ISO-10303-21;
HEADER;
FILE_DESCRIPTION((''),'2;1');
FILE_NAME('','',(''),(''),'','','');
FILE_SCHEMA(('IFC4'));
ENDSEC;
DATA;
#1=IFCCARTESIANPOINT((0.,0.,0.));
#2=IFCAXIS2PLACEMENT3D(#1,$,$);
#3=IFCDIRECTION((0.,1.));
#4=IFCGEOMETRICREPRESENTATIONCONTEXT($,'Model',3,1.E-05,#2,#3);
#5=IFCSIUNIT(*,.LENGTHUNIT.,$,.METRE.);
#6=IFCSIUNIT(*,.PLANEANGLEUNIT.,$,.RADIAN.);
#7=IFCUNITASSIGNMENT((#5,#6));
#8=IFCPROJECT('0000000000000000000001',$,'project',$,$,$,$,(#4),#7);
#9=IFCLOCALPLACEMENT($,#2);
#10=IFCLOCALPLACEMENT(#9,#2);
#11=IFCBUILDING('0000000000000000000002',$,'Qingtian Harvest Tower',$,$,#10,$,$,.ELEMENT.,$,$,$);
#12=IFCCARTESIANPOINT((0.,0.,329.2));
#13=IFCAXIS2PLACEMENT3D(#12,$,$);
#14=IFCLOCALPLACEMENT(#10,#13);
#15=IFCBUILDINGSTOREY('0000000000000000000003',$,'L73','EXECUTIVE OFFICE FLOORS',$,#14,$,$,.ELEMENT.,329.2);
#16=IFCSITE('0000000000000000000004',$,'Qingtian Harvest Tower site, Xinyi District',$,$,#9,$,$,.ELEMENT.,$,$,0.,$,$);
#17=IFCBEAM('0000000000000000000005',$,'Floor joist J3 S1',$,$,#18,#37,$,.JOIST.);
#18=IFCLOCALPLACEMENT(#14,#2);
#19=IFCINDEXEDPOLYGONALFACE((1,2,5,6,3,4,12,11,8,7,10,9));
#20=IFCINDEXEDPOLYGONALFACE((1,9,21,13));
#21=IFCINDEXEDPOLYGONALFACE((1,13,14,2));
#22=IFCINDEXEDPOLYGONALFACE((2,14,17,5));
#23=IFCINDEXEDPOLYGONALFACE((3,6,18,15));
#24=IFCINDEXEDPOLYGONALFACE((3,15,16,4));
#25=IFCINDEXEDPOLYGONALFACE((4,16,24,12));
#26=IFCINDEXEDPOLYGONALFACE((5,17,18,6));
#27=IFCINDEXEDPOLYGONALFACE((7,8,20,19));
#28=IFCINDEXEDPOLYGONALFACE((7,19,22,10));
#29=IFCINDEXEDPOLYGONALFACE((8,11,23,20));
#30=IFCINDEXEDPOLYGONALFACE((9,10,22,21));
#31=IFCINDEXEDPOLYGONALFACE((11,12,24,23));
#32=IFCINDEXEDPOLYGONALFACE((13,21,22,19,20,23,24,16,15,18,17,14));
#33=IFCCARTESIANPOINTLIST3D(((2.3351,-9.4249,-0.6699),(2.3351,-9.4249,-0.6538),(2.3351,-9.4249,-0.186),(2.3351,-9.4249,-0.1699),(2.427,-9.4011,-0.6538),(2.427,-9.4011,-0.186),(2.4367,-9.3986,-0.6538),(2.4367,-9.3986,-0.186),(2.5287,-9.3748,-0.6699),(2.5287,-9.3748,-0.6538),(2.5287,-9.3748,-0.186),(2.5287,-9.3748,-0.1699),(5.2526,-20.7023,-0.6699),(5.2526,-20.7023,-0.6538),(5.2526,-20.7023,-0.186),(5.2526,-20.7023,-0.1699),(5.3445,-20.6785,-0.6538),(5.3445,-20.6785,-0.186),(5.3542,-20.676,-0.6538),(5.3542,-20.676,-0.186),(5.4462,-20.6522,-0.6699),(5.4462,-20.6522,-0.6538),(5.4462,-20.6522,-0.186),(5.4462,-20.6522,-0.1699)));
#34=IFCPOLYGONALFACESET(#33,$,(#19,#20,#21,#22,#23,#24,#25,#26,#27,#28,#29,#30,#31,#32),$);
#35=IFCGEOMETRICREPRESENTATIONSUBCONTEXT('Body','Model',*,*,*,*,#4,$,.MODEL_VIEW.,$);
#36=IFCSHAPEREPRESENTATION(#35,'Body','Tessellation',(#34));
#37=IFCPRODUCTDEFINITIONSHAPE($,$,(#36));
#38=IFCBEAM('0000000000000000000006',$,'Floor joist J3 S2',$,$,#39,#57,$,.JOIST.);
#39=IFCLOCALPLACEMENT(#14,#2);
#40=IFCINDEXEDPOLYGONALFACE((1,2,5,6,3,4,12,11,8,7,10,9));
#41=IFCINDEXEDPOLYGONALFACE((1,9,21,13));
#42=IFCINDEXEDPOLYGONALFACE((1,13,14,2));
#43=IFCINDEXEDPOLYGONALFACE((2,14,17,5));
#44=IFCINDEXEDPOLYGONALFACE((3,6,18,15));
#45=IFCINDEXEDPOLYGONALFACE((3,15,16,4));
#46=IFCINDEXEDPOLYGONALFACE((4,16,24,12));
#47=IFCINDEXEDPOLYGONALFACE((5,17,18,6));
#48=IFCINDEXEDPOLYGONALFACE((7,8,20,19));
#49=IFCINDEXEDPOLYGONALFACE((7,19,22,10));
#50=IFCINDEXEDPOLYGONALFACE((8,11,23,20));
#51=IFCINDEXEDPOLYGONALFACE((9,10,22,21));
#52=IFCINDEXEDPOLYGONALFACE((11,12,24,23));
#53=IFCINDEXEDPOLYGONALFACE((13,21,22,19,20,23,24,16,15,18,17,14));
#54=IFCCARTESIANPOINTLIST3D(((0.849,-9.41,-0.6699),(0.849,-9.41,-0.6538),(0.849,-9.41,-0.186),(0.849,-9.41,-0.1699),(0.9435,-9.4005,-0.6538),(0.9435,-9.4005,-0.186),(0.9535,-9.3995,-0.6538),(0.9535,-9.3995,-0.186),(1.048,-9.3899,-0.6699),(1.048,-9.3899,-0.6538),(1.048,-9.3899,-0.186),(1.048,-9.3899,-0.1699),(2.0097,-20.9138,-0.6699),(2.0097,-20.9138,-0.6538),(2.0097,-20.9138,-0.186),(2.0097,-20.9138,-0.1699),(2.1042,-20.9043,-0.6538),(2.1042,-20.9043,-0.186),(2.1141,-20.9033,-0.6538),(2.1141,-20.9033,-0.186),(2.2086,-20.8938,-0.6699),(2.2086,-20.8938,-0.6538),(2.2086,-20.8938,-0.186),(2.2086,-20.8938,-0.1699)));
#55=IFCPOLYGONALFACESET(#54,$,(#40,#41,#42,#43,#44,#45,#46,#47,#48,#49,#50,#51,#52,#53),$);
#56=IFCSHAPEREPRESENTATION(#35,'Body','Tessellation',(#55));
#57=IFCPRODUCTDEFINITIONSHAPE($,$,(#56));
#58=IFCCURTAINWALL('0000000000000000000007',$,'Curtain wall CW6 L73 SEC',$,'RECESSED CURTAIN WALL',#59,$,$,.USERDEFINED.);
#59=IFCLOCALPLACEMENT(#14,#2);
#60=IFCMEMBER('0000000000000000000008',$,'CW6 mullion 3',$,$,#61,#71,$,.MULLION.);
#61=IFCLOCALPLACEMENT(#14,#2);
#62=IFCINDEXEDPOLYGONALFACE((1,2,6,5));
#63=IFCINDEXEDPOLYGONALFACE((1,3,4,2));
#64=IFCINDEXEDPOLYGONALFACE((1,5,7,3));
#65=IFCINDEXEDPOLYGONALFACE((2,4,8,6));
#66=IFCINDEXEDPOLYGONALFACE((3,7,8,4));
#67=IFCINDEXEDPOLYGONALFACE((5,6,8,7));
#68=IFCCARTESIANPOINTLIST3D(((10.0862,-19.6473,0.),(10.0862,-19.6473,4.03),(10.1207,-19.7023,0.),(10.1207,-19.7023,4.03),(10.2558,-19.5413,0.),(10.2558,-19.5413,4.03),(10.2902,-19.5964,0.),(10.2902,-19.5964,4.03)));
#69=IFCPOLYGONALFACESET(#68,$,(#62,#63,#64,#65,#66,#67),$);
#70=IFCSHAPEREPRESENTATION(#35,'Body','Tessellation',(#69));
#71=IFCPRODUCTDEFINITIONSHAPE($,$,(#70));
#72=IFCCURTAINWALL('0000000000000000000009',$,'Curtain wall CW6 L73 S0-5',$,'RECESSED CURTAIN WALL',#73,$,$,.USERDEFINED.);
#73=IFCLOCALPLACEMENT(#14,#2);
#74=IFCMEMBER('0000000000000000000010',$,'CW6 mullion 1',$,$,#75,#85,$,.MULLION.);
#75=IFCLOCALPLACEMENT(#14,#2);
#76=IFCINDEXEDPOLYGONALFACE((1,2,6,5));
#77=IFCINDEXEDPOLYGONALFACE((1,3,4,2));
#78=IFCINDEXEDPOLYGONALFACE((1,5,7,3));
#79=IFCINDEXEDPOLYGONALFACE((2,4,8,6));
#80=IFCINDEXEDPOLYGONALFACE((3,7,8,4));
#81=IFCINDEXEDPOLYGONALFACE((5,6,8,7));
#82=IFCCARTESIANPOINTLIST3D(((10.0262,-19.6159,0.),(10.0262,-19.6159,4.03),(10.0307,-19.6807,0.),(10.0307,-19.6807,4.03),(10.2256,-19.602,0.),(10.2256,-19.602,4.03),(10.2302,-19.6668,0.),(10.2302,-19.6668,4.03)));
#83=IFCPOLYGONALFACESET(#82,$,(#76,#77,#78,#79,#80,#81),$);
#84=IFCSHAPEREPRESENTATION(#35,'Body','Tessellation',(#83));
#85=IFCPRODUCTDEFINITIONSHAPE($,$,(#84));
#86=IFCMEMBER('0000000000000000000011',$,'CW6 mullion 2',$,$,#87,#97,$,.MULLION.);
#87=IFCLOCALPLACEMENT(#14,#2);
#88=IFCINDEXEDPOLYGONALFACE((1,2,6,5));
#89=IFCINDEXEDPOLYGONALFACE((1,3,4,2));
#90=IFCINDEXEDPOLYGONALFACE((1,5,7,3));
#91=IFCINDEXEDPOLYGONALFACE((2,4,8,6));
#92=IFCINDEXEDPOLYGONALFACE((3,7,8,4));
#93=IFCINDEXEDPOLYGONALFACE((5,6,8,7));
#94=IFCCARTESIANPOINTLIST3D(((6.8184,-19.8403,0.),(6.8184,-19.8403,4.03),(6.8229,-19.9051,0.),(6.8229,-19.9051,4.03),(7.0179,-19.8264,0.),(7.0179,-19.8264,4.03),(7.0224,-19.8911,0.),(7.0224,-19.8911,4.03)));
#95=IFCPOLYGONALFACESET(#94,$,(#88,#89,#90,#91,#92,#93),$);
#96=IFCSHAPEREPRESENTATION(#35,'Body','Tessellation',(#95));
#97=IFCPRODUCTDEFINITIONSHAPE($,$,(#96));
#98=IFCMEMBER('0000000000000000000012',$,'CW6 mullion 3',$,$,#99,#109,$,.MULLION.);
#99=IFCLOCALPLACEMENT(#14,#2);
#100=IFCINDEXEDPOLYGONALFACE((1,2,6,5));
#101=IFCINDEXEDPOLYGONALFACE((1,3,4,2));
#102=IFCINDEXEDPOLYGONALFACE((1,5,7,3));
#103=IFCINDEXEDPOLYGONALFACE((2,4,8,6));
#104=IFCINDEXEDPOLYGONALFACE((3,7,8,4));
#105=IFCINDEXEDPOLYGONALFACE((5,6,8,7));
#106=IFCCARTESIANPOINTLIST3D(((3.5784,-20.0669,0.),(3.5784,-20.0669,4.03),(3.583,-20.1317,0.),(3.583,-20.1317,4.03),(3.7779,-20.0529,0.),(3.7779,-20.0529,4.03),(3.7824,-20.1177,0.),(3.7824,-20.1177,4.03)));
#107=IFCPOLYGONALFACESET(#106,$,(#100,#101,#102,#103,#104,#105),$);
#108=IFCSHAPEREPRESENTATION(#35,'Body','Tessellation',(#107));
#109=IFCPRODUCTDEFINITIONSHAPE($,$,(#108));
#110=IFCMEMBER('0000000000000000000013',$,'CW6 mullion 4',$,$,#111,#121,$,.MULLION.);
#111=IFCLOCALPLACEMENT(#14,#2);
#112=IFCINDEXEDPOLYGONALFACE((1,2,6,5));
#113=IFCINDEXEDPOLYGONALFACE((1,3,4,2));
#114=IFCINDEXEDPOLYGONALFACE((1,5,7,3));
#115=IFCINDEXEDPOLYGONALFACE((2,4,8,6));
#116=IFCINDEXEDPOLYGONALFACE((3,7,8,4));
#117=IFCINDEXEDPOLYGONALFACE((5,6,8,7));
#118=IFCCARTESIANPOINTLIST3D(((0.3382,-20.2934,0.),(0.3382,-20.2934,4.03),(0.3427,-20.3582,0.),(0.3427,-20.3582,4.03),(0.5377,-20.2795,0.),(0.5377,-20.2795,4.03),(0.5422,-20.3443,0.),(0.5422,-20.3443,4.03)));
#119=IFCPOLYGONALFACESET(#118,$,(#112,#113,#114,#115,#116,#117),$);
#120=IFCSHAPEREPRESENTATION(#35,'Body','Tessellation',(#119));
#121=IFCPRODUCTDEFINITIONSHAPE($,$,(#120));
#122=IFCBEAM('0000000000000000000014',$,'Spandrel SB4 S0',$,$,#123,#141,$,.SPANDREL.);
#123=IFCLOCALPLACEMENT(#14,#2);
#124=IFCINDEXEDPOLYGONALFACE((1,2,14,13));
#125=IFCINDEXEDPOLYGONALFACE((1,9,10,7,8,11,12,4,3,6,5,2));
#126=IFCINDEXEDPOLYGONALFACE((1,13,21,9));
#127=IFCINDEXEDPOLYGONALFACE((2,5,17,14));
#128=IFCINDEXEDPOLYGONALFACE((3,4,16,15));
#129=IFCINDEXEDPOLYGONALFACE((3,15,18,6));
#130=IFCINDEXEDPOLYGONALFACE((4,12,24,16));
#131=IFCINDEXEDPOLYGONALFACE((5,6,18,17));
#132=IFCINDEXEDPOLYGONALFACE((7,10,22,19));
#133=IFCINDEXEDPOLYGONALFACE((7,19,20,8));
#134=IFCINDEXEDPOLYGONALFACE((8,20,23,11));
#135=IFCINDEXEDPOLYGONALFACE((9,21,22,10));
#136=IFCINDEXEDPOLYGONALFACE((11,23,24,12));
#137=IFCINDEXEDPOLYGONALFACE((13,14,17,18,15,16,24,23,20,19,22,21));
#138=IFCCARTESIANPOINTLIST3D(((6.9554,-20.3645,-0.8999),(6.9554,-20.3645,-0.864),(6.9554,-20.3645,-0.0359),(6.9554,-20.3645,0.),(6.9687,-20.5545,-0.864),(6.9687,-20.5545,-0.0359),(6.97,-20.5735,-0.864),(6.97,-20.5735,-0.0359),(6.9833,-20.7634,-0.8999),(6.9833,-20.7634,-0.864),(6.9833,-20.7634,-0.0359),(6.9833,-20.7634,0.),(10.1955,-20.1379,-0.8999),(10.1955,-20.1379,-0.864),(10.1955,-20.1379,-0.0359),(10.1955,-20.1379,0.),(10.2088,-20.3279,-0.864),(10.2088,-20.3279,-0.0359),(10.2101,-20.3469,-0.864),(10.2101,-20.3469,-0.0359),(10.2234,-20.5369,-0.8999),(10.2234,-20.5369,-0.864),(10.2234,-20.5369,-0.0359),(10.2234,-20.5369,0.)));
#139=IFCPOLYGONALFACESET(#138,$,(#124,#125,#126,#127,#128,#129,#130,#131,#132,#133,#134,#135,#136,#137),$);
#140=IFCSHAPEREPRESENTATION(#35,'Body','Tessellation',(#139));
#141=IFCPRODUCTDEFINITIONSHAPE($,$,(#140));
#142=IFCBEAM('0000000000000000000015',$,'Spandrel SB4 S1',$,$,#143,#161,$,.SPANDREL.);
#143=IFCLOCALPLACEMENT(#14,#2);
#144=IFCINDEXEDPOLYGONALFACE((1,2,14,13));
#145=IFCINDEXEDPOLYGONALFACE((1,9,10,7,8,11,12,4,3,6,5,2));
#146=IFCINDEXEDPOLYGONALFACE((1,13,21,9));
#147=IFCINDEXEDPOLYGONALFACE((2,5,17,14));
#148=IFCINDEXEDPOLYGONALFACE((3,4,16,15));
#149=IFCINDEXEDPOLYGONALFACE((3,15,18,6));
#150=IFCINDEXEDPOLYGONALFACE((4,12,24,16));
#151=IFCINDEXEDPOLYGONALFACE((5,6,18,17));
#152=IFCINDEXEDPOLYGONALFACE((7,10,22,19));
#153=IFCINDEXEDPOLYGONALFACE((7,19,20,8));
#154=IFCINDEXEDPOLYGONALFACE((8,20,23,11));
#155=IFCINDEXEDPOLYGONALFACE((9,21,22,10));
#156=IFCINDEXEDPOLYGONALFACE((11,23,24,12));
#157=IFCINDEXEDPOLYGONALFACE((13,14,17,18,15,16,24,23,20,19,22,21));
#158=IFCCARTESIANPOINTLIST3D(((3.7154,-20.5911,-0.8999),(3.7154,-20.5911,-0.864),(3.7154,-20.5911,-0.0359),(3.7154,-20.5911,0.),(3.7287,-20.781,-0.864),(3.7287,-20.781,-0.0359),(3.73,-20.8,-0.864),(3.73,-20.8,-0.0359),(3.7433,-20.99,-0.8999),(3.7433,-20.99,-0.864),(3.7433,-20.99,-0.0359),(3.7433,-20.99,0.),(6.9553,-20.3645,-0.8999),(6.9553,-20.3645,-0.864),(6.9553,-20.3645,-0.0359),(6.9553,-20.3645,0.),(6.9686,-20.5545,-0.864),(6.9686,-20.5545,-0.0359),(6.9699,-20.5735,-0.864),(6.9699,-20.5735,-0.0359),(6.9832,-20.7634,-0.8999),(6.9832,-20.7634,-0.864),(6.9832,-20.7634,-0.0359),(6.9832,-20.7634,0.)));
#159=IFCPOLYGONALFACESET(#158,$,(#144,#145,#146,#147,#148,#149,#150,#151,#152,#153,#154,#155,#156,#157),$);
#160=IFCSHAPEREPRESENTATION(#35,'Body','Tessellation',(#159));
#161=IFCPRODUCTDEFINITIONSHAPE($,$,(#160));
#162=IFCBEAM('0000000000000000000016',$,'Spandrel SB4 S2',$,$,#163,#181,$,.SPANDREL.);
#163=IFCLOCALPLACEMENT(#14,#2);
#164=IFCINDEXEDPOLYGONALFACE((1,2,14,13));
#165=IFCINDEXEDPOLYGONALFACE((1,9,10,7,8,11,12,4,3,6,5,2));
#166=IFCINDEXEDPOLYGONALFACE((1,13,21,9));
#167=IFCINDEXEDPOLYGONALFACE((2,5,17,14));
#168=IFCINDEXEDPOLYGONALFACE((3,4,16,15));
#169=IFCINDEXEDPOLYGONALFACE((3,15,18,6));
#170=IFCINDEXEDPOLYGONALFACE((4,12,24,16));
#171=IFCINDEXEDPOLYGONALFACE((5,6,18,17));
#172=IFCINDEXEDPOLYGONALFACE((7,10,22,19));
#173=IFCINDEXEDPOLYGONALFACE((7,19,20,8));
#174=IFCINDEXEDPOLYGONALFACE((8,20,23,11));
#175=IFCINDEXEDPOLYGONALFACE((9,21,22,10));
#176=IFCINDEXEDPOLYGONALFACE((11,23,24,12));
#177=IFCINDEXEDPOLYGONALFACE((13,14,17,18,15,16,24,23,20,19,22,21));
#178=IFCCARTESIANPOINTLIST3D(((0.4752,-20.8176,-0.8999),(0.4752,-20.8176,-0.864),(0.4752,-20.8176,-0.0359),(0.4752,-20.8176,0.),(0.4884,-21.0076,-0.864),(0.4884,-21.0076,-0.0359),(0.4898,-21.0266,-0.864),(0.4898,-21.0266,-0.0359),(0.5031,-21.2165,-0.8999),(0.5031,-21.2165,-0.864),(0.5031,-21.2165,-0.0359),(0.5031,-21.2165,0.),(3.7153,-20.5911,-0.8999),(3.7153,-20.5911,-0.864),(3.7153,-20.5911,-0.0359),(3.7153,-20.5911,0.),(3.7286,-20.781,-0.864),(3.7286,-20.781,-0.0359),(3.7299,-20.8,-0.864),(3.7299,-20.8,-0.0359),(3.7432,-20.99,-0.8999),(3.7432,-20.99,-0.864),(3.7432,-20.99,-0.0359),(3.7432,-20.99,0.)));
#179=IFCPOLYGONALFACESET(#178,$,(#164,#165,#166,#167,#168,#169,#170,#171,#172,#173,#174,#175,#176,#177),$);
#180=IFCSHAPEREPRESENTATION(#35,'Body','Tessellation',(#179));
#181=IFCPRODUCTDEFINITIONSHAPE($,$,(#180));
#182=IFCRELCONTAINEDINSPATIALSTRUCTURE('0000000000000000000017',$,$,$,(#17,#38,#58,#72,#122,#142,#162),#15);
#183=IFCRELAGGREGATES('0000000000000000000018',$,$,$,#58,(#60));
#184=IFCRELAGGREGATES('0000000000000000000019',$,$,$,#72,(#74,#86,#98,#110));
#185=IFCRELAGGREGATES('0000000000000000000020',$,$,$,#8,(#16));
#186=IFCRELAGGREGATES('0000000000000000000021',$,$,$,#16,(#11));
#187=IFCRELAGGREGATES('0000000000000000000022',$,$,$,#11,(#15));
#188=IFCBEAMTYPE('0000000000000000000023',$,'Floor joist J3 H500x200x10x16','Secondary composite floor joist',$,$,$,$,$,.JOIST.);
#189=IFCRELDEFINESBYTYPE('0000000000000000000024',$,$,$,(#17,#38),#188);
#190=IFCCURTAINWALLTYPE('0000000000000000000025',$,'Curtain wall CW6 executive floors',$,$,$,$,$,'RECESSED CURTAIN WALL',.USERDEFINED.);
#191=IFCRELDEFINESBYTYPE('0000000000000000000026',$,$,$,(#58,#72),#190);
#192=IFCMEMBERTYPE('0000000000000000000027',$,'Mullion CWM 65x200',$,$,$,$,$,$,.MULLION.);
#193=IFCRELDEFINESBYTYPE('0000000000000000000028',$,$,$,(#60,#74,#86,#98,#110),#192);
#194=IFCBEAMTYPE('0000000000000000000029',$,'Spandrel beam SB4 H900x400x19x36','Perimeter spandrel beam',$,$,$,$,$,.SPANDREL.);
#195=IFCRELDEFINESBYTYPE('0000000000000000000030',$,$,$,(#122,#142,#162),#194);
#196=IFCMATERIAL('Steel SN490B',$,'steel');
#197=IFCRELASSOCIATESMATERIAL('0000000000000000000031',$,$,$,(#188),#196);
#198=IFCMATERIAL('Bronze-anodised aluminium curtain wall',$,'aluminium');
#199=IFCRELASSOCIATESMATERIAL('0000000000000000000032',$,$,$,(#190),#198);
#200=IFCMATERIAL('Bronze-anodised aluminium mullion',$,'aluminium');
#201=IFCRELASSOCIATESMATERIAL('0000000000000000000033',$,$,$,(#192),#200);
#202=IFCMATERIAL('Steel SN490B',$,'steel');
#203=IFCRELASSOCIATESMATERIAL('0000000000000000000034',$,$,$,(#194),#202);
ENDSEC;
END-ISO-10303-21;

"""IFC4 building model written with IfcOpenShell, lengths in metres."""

from ifc_helpers import new_model, si_unit, direction, frame, origin, origin_2d, place, context, subcontext, project, spatial, rectangle, i_section, extrude, material, material_profile, profile_set, type_object, element, aggregate, save


model = new_model("IFC4")

# Units and contexts
model_context = context("Model", 3, precision=1e-05, world=origin(), true_north=direction((0.0, 1.0)))
body_context = subcontext(model_context, "Body", "Model", "MODEL_VIEW")
ifc_project = project(units=[si_unit("LENGTHUNIT", "METRE"), si_unit("PLANEANGLEUNIT", "RADIAN")], contexts=[model_context])

# Site, building, storey
site_placement = place(None, origin())
site = spatial("IfcSite", under=ifc_project, at=site_placement, Name="Qingtian Harvest Tower site, Xinyi District", CompositionType="ELEMENT", RefElevation=0.0)
building_placement = place(site_placement, origin())
building = spatial("IfcBuilding", under=site, at=building_placement, Name="Qingtian Harvest Tower", CompositionType="ELEMENT")
storey_placement = place(building_placement, frame((0.0, 0.0, 329.2)))
storey = spatial("IfcBuildingStorey", under=building, at=storey_placement, Name="L73", Description="EXECUTIVE OFFICE FLOORS", CompositionType="ELEMENT", Elevation=329.2)

# Beams
ifc_material_1 = material(Name="Steel SN490B", Category="steel")
ifc_material_profile_1 = material_profile(ifc_material_1, i_section(OverallWidth=0.2, OverallDepth=0.5, WebThickness=0.01, FlangeThickness=0.0161, at=origin_2d()), Name="H500x200x10x16")
ifc_profile_set_1 = profile_set([ifc_material_profile_1], Name="Steel SN490B")
beam_type_1 = type_object("IfcBeamType", Name="Floor joist J3 H500x200x10x16", Description="Secondary composite floor joist", PredefinedType="JOIST", material=ifc_profile_set_1)
beam_1_placement = place(storey_placement, frame((5.3494, -20.6772, -0.4199), z_axis=(-0.250457, 0.968128, 0.0), x_axis=(-0.968128, -0.250457, 0.0)))
element("IfcBeam", 1, at=beam_1_placement, inside=storey, type_object=beam_type_1, Name="Floor joist J3 S1", PredefinedType="JOIST", context=body_context, shape_type="SweptSolid", body=[
    extrude(i_section(OverallWidth=0.2, OverallDepth=0.5, WebThickness=0.01, FlangeThickness=0.0161, at=origin_2d()), origin(), (0.0, 0.0, 1.0), 11.6487),
])
beam_2_placement = place(storey_placement, frame((2.1091, -20.9038, -0.4199), z_axis=(-0.100382, 0.994949, 0.0), x_axis=(-0.994949, -0.100382, 0.0)))
element("IfcBeam", 2, at=beam_2_placement, inside=storey, type_object=beam_type_1, Name="Floor joist J3 S2", PredefinedType="JOIST", context=body_context, shape_type="SweptSolid", body=[
    extrude(i_section(OverallWidth=0.2, OverallDepth=0.5, WebThickness=0.01, FlangeThickness=0.0161, at=origin_2d()), origin(), (0.0, 0.0, 1.0), 11.5623),
])

# Curtain wall, member
ifc_material_2 = material(Name="Bronze-anodised aluminium curtain wall", Category="aluminium")
curtain_wall_type = type_object("IfcCurtainWallType", Name="Curtain wall CW6 executive floors", ElementType="RECESSED CURTAIN WALL", PredefinedType="USERDEFINED", material=ifc_material_2)
curtain_wall_1_placement = place(storey_placement, origin())
curtain_wall_1 = element("IfcCurtainWall", 3, at=curtain_wall_1_placement, inside=storey, type_object=curtain_wall_type, Name="Curtain wall CW6 L73 SEC", ObjectType="RECESSED CURTAIN WALL", PredefinedType="USERDEFINED")
ifc_material_3 = material(Name="Bronze-anodised aluminium mullion", Category="aluminium")
ifc_material_profile_2 = material_profile(ifc_material_3, rectangle(XDim=0.0649, YDim=0.2, at=origin_2d()), Name="AL 65x200")
ifc_profile_set_2 = profile_set([ifc_material_profile_2], Name="Bronze-anodised aluminium mullion")
member_type_1 = type_object("IfcMemberType", Name="Mullion CWM 65x200", PredefinedType="MULLION", material=ifc_profile_set_2)
member_1_placement = place(storey_placement, frame((10.1882, -19.6218, 0.0), z_axis=(0.0, 0.0, 1.0), x_axis=(0.529919, -0.848048, 0.0)))
member_1 = element("IfcMember", 4, at=member_1_placement, type_object=member_type_1, Name="CW6 mullion 3", PredefinedType="MULLION", context=body_context, shape_type="SweptSolid", body=[
    extrude(rectangle(XDim=0.0649, YDim=0.2, at=origin_2d()), origin(), (0.0, 0.0, 1.0), 4.03),
])

# Curtain wall, members
curtain_wall_2_placement = place(storey_placement, origin())
curtain_wall_2 = element("IfcCurtainWall", 5, at=curtain_wall_2_placement, inside=storey, type_object=curtain_wall_type, Name="Curtain wall CW6 L73 S0-5", ObjectType="RECESSED CURTAIN WALL", PredefinedType="USERDEFINED")
member_2_placement = place(storey_placement, frame((10.1282, -19.6414, 0.0), z_axis=(0.0, 0.0, 1.0), x_axis=(0.069756, -0.997564, 0.0)))
member_2 = element("IfcMember", 6, at=member_2_placement, type_object=member_type_1, Name="CW6 mullion 1", PredefinedType="MULLION", context=body_context, shape_type="SweptSolid", body=[
    extrude(rectangle(XDim=0.0649, YDim=0.2, at=origin_2d()), origin(), (0.0, 0.0, 1.0), 4.03),
])
member_3_placement = place(storey_placement, frame((6.9204, -19.8657, 0.0), z_axis=(0.0, 0.0, 1.0), x_axis=(0.069756, -0.997564, 0.0)))
member_3 = element("IfcMember", 7, at=member_3_placement, type_object=member_type_1, Name="CW6 mullion 2", PredefinedType="MULLION", context=body_context, shape_type="SweptSolid", body=[
    extrude(rectangle(XDim=0.0649, YDim=0.2, at=origin_2d()), origin(), (0.0, 0.0, 1.0), 4.03),
])
member_4_placement = place(storey_placement, frame((3.6804, -20.0923, 0.0), z_axis=(0.0, 0.0, 1.0), x_axis=(0.069756, -0.997564, 0.0)))
member_4 = element("IfcMember", 8, at=member_4_placement, type_object=member_type_1, Name="CW6 mullion 3", PredefinedType="MULLION", context=body_context, shape_type="SweptSolid", body=[
    extrude(rectangle(XDim=0.0649, YDim=0.2, at=origin_2d()), origin(), (0.0, 0.0, 1.0), 4.03),
])
member_5_placement = place(storey_placement, frame((0.4402, -20.3188, 0.0), z_axis=(0.0, 0.0, 1.0), x_axis=(0.069756, -0.997564, 0.0)))
member_5 = element("IfcMember", 9, at=member_5_placement, type_object=member_type_1, Name="CW6 mullion 4", PredefinedType="MULLION", context=body_context, shape_type="SweptSolid", body=[
    extrude(rectangle(XDim=0.0649, YDim=0.2, at=origin_2d()), origin(), (0.0, 0.0, 1.0), 4.03),
])

# Beams
ifc_material_4 = material(Name="Steel SN490B", Category="steel")
ifc_material_profile_3 = material_profile(ifc_material_4, i_section(OverallWidth=0.3999, OverallDepth=0.8999, WebThickness=0.019, FlangeThickness=0.0359, at=origin_2d()), Name="H900x400x19x36")
ifc_profile_set_3 = profile_set([ifc_material_profile_3], Name="Steel SN490B")
beam_type_2 = type_object("IfcBeamType", Name="Spandrel beam SB4 H900x400x19x36", Description="Perimeter spandrel beam", PredefinedType="SPANDREL", material=ifc_profile_set_3)
beam_3_placement = place(storey_placement, frame((10.2095, -20.3374, -0.45), z_axis=(-0.997564, -0.069751, 0.0), x_axis=(0.069751, -0.997564, 0.0)))
element("IfcBeam", 10, at=beam_3_placement, inside=storey, type_object=beam_type_2, Name="Spandrel SB4 S0", PredefinedType="SPANDREL", context=body_context, shape_type="SweptSolid", body=[
    extrude(i_section(OverallWidth=0.3999, OverallDepth=0.8999, WebThickness=0.019, FlangeThickness=0.0359, at=origin_2d()), origin(), (0.0, 0.0, 1.0), 3.248),
])
beam_4_placement = place(storey_placement, frame((6.9692, -20.564, -0.45), z_axis=(-0.997564, -0.069757, 0.0), x_axis=(0.069757, -0.997564, 0.0)))
element("IfcBeam", 11, at=beam_4_placement, inside=storey, type_object=beam_type_2, Name="Spandrel SB4 S1", PredefinedType="SPANDREL", context=body_context, shape_type="SweptSolid", body=[
    extrude(i_section(OverallWidth=0.3999, OverallDepth=0.8999, WebThickness=0.019, FlangeThickness=0.0359, at=origin_2d()), origin(), (0.0, 0.0, 1.0), 3.2478),
])
beam_5_placement = place(storey_placement, frame((3.7292, -20.7905, -0.45), z_axis=(-0.997564, -0.069751, 0.0), x_axis=(0.069751, -0.997564, 0.0)))
element("IfcBeam", 12, at=beam_5_placement, inside=storey, type_object=beam_type_2, Name="Spandrel SB4 S2", PredefinedType="SPANDREL", context=body_context, shape_type="SweptSolid", body=[
    extrude(i_section(OverallWidth=0.3999, OverallDepth=0.8999, WebThickness=0.019, FlangeThickness=0.0359, at=origin_2d()), origin(), (0.0, 0.0, 1.0), 3.248),
])

aggregate(curtain_wall_1, [member_1])
aggregate(curtain_wall_2, [member_2, member_3, member_4, member_5])

save(model, "model.ifc")
